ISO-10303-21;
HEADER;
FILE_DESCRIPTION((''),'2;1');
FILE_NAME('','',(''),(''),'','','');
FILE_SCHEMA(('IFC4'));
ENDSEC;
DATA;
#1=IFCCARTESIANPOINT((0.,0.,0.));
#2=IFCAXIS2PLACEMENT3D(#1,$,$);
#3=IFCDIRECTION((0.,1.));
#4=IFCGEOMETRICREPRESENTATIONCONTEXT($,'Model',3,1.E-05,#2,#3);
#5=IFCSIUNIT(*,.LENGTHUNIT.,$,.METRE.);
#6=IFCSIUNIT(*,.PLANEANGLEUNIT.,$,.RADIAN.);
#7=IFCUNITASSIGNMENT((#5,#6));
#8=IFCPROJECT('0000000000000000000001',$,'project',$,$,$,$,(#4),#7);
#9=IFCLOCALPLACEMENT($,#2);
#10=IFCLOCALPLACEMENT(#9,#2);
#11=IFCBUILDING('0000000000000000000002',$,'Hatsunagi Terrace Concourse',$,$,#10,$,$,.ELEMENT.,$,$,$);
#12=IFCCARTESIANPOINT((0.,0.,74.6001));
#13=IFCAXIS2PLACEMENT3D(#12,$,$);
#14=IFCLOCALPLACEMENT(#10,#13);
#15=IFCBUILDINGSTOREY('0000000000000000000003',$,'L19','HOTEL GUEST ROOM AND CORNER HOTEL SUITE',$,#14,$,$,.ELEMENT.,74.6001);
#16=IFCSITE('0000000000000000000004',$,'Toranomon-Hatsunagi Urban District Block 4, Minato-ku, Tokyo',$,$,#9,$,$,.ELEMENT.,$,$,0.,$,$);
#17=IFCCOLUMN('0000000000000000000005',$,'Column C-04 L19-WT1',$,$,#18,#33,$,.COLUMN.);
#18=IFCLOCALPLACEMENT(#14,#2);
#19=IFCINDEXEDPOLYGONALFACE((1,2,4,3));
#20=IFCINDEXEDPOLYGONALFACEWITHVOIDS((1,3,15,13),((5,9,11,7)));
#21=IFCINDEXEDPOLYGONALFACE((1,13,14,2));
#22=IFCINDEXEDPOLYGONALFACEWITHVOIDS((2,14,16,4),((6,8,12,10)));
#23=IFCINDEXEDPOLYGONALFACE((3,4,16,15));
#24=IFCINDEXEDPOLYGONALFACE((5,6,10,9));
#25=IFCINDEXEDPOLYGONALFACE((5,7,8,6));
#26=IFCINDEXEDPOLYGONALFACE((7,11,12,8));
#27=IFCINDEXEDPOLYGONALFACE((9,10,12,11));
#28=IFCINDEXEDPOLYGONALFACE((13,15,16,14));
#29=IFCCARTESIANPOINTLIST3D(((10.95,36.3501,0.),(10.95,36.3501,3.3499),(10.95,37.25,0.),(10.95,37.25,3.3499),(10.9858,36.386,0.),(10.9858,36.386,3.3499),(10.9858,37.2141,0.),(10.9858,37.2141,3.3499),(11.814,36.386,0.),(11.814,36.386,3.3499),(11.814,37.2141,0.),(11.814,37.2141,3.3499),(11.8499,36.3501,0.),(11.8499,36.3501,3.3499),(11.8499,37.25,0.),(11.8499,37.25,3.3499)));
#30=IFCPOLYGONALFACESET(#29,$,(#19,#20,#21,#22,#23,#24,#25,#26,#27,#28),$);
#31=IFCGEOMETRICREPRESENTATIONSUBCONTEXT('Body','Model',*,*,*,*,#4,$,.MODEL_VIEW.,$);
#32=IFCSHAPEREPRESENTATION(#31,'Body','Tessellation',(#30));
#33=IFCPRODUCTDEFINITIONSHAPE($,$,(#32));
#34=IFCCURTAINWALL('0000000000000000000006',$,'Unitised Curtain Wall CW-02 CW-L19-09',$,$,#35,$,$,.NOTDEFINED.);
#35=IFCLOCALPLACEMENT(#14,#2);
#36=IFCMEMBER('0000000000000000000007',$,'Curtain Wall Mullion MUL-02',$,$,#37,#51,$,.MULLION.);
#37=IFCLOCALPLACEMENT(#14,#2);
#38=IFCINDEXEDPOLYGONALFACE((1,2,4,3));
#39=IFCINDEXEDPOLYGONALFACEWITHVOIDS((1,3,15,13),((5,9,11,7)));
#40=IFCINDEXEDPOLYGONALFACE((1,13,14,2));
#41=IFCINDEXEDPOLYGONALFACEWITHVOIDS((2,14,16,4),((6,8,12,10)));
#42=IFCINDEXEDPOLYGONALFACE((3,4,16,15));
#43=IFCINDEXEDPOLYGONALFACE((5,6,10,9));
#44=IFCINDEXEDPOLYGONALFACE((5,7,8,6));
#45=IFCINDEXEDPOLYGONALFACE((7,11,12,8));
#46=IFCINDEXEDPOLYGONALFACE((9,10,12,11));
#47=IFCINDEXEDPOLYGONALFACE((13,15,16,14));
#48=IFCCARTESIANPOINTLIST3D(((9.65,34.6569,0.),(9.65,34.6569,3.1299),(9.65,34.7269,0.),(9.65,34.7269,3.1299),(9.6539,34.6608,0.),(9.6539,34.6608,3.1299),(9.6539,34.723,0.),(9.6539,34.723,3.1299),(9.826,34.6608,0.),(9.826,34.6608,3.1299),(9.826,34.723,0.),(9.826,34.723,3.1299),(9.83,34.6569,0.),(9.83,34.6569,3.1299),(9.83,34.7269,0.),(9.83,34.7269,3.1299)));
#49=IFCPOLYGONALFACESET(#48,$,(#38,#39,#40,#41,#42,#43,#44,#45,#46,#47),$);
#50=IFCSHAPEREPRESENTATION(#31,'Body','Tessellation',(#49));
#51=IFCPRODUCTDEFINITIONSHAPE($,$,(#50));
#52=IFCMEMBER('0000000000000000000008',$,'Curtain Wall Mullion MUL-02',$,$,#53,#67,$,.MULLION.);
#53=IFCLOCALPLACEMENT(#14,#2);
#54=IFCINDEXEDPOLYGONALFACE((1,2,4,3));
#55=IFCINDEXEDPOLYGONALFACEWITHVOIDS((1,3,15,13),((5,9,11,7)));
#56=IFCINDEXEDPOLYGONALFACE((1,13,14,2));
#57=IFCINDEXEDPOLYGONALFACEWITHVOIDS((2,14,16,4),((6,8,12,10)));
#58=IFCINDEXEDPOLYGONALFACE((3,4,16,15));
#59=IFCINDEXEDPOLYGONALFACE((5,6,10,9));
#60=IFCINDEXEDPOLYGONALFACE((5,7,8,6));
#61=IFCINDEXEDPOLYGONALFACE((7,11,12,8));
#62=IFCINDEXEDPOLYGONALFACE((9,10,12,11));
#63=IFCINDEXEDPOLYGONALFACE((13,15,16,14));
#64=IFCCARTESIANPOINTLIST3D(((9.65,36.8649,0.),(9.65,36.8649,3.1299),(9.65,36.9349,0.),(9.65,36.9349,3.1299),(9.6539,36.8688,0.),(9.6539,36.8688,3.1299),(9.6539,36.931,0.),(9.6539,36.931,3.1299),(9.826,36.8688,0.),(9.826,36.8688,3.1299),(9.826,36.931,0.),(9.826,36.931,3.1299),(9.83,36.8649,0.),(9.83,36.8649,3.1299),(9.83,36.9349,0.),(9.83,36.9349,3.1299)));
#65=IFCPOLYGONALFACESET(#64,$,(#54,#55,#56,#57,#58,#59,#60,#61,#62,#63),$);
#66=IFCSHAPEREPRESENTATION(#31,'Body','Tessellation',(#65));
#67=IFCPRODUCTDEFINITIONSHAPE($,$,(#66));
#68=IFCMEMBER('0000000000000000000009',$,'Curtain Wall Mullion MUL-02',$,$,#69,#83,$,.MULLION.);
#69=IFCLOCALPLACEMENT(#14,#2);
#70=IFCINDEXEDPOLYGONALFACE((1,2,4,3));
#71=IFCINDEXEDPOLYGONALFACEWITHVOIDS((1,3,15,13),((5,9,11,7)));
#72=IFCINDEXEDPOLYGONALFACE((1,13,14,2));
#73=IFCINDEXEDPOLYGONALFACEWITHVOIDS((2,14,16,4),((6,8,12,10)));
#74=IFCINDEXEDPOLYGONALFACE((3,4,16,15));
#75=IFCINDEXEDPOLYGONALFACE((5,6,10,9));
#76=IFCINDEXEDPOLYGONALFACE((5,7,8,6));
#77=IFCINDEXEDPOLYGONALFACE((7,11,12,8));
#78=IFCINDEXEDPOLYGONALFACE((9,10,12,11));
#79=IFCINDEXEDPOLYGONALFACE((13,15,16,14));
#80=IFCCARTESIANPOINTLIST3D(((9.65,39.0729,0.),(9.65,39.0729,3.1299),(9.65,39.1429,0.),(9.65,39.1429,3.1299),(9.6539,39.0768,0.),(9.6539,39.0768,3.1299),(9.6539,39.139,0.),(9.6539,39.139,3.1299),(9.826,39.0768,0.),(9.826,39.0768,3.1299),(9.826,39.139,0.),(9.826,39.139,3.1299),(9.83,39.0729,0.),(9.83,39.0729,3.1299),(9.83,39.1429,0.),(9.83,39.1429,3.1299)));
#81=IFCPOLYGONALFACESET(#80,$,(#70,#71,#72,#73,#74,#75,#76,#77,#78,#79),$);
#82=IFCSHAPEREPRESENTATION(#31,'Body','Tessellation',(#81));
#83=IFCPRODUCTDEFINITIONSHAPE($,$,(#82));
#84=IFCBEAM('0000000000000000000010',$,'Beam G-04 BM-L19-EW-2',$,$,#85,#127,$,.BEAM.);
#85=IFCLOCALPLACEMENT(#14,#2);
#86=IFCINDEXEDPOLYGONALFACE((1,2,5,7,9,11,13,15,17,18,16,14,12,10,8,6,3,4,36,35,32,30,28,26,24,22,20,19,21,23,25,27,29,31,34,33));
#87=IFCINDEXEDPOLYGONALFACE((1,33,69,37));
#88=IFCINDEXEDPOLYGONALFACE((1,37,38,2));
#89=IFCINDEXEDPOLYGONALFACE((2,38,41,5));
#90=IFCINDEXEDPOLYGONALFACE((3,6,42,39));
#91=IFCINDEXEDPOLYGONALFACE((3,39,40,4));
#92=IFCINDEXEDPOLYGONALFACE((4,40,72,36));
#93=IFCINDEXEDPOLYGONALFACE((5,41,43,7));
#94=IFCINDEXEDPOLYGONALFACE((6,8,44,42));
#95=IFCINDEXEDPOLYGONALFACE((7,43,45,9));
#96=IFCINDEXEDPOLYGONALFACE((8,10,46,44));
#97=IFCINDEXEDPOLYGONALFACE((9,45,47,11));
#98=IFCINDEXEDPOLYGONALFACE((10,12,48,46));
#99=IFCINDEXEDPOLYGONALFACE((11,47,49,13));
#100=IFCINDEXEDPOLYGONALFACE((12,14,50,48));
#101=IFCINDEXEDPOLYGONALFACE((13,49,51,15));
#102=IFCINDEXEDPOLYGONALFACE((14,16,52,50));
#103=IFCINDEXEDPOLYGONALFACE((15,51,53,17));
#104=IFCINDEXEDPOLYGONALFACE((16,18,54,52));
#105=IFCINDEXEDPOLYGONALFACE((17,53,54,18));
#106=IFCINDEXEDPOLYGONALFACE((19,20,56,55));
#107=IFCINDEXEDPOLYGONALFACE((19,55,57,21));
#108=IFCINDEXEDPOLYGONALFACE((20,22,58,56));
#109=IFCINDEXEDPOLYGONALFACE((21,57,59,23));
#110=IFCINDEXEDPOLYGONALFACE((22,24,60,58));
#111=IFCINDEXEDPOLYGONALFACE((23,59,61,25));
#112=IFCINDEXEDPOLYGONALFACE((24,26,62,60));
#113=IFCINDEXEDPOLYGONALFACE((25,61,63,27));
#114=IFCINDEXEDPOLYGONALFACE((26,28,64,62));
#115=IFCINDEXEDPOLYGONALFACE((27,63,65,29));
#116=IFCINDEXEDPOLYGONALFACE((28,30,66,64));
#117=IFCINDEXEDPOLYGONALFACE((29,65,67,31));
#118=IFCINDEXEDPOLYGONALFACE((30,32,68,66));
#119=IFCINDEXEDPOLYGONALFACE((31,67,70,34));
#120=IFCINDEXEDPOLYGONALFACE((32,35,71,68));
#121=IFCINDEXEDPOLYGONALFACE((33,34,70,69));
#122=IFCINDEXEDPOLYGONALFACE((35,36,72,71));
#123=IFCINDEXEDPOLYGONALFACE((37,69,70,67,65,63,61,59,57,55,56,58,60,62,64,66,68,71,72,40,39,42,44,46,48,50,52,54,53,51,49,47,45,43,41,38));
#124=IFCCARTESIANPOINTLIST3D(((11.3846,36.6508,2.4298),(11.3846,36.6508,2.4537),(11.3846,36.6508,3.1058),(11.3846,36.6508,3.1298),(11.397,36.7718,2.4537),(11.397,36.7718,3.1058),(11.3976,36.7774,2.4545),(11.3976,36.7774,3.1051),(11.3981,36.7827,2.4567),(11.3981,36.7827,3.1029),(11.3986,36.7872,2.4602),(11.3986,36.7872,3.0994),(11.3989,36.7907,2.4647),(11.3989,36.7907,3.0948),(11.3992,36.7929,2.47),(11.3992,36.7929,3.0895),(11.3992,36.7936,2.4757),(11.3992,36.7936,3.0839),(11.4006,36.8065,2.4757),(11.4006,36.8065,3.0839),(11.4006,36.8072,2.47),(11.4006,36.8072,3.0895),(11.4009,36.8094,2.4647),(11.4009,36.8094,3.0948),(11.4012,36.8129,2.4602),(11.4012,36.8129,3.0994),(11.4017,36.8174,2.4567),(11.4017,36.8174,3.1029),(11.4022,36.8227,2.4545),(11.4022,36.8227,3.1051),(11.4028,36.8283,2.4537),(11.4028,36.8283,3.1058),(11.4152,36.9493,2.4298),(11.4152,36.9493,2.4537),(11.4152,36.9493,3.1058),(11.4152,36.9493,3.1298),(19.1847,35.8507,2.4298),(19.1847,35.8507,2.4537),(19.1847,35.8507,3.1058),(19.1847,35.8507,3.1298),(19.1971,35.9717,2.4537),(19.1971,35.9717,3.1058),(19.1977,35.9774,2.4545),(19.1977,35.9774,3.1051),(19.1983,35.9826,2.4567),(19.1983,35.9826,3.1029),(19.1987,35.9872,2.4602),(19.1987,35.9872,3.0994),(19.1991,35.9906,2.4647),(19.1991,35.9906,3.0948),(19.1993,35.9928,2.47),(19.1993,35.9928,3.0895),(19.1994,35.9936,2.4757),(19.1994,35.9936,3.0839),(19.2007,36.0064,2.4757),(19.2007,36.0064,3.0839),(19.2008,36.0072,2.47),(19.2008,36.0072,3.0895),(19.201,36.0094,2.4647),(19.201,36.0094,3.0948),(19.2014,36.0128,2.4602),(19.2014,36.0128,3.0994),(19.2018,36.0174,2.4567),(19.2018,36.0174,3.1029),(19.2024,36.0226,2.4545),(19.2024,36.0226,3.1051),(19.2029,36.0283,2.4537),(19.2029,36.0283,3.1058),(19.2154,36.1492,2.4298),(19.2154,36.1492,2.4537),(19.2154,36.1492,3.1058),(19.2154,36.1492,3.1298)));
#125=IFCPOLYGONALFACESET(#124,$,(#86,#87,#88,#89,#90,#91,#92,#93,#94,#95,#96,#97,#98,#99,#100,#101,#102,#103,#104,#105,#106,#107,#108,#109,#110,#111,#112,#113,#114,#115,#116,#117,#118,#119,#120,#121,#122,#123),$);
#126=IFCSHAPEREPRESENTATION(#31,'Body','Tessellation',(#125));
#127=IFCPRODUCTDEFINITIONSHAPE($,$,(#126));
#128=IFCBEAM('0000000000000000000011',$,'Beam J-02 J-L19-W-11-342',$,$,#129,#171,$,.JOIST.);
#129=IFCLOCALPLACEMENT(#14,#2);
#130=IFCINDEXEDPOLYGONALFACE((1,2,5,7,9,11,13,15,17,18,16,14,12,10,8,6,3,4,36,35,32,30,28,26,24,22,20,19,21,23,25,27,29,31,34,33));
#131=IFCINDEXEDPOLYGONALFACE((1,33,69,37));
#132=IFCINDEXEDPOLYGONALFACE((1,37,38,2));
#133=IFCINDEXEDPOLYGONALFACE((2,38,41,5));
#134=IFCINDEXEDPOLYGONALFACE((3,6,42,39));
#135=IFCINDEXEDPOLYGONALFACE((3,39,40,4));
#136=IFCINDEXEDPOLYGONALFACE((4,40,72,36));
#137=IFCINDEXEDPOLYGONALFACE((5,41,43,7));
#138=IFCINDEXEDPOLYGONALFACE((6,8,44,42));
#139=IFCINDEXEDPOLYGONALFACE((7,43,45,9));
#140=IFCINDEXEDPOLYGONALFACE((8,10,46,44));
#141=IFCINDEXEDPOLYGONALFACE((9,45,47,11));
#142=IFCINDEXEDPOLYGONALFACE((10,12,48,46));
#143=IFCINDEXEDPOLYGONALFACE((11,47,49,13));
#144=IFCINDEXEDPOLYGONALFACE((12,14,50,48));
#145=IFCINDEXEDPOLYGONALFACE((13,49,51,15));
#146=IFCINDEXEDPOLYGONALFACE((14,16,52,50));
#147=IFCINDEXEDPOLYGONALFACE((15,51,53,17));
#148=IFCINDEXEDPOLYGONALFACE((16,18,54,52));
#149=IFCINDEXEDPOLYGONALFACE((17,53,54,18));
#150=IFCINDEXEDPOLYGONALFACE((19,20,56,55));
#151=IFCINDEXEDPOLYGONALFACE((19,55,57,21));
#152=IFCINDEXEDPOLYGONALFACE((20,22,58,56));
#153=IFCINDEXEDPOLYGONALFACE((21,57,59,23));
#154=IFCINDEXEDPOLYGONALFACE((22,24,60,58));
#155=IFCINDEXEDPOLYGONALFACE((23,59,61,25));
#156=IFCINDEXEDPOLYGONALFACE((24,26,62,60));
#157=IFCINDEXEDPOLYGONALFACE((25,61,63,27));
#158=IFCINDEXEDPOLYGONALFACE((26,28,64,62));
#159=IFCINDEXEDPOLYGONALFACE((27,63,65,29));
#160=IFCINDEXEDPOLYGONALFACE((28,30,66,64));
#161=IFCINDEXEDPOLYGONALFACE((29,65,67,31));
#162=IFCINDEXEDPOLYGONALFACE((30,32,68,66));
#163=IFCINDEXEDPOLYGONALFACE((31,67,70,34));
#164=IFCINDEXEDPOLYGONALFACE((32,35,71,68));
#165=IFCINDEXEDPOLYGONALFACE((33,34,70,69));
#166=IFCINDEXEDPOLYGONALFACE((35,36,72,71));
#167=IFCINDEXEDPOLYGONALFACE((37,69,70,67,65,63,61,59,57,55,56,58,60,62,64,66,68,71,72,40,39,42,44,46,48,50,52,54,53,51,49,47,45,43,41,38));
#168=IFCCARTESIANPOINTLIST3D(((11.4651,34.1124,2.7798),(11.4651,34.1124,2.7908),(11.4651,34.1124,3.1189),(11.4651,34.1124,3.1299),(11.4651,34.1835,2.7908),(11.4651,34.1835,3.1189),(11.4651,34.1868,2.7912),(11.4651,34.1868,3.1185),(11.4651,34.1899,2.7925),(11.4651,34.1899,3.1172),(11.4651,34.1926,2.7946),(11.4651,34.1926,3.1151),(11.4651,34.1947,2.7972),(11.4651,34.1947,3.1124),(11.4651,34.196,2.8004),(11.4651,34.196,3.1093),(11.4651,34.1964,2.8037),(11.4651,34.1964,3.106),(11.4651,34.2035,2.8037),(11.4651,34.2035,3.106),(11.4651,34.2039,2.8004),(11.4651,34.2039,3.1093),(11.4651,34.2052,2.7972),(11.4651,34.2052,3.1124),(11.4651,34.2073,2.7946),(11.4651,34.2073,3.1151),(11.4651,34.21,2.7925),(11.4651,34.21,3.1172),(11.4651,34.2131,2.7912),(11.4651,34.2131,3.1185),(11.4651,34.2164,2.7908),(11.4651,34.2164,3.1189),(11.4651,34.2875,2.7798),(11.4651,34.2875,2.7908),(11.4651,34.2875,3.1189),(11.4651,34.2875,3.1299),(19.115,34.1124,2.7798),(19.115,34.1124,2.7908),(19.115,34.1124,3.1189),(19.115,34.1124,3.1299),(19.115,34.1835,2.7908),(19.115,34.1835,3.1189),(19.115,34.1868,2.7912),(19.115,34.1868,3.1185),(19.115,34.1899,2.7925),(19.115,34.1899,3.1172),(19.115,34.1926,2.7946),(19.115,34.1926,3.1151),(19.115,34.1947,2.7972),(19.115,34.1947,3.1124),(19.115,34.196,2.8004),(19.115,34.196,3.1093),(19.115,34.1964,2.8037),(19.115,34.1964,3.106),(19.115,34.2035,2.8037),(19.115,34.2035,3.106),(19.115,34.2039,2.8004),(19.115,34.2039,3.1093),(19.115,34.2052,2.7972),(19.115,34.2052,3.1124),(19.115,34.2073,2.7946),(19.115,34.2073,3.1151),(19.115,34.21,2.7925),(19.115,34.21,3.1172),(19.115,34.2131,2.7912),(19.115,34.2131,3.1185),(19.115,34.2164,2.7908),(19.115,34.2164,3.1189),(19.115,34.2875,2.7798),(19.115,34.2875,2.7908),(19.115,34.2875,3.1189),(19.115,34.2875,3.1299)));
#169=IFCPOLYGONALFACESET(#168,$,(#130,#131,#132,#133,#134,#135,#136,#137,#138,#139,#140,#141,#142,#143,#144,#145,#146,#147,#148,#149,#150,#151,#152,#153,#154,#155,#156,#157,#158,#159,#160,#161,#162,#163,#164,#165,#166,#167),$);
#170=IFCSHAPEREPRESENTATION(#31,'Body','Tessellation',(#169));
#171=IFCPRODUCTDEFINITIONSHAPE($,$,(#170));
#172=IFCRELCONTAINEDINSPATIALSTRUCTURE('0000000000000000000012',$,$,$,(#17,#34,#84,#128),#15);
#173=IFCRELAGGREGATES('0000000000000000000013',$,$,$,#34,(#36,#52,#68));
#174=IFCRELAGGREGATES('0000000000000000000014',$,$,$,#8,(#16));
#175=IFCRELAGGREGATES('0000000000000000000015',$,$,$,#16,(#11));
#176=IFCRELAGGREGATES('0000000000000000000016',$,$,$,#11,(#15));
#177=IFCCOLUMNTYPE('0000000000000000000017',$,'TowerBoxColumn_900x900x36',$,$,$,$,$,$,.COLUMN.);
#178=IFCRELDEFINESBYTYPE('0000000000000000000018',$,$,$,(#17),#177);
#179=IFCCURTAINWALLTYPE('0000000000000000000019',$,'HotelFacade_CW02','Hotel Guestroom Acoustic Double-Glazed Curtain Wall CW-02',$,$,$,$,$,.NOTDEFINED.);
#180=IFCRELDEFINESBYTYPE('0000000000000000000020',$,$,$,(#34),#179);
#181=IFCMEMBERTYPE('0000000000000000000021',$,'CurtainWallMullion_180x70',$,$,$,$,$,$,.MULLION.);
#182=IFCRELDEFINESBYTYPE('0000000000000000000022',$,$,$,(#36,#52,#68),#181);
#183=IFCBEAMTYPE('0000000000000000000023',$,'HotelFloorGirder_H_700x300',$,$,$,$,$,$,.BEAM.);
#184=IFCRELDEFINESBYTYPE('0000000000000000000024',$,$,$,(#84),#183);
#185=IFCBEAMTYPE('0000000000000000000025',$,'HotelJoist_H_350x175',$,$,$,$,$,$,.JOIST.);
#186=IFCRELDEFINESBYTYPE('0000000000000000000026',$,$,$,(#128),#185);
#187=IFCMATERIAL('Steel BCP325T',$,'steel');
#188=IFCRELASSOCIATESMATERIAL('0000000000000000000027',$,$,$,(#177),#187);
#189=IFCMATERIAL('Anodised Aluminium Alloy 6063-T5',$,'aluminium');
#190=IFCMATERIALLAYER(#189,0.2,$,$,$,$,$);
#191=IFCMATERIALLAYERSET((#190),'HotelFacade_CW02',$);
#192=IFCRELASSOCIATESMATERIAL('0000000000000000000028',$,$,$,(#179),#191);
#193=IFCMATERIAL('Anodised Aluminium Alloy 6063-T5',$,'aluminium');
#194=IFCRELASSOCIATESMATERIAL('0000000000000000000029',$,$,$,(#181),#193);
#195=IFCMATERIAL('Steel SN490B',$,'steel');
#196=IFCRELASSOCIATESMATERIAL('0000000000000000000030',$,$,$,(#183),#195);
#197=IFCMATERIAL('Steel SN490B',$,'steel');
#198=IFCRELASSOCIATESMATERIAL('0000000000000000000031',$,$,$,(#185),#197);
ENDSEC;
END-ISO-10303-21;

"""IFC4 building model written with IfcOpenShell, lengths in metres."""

from ifc_helpers import new_model, si_unit, direction, frame, origin, origin_2d, place, context, subcontext, project, spatial, hollow_rectangle, i_section, extrude, material, layer, layer_set, material_profile, profile_set, type_object, element, aggregate, save


model = new_model("IFC4")

# Units and contexts
model_context = context("Model", 3, precision=1e-05, world=origin(), true_north=direction((0.0, 1.0)))
body_context = subcontext(model_context, "Body", "Model", "MODEL_VIEW")
ifc_project = project(units=[si_unit("LENGTHUNIT", "METRE"), si_unit("PLANEANGLEUNIT", "RADIAN")], contexts=[model_context])

# Site, building, storey
site_placement = place(None, origin())
site = spatial("IfcSite", under=ifc_project, at=site_placement, Name="Toranomon-Hatsunagi Urban District Block 4, Minato-ku, Tokyo", CompositionType="ELEMENT", RefElevation=0.0)
building_placement = place(site_placement, origin())
building = spatial("IfcBuilding", under=site, at=building_placement, Name="Hatsunagi Terrace Concourse", CompositionType="ELEMENT")
storey_placement = place(building_placement, frame((0.0, 0.0, 74.6001)))
storey = spatial("IfcBuildingStorey", under=building, at=storey_placement, Name="L19", Description="HOTEL GUEST ROOM AND CORNER HOTEL SUITE", CompositionType="ELEMENT", Elevation=74.6001)

# Column
ifc_material_1 = material(Name="Steel BCP325T", Category="steel")
ifc_material_profile_1 = material_profile(ifc_material_1, hollow_rectangle(XDim=0.8999, YDim=0.8999, WallThickness=0.0359, at=origin_2d()), Name="BCP-900x900x36")
ifc_profile_set_1 = profile_set([ifc_material_profile_1], Name="Steel BCP325T")
column_type = type_object("IfcColumnType", Name="TowerBoxColumn_900x900x36", PredefinedType="COLUMN", material=ifc_profile_set_1)
column_placement = place(storey_placement, frame((11.3999, 36.8, 0.0), z_axis=(0.0, 0.0, 1.0), x_axis=(1.0, 0.0, 0.0)))
element("IfcColumn", 1, at=column_placement, inside=storey, type_object=column_type, Name="Column C-04 L19-WT1", PredefinedType="COLUMN", context=body_context, shape_type="SweptSolid", body=[
    extrude(hollow_rectangle(XDim=0.8999, YDim=0.8999, WallThickness=0.0359, at=origin_2d()), origin(), (0.0, 0.0, 1.0), 3.3499),
])

# Curtain wall, members
ifc_material_2 = material(Name="Anodised Aluminium Alloy 6063-T5", Category="aluminium")
ifc_layer_1 = layer(ifc_material_2, 0.2)
ifc_layer_set_1 = layer_set([ifc_layer_1], Name="HotelFacade_CW02")
curtain_wall_type = type_object("IfcCurtainWallType", Name="HotelFacade_CW02", Description="Hotel Guestroom Acoustic Double-Glazed Curtain Wall CW-02", PredefinedType="NOTDEFINED", material=ifc_layer_set_1)
curtain_wall_placement = place(storey_placement, origin())
curtain_wall = element("IfcCurtainWall", 2, at=curtain_wall_placement, inside=storey, type_object=curtain_wall_type, Name="Unitised Curtain Wall CW-02 CW-L19-09", PredefinedType="NOTDEFINED")
ifc_material_3 = material(Name="Anodised Aluminium Alloy 6063-T5", Category="aluminium")
ifc_material_profile_2 = material_profile(ifc_material_3, hollow_rectangle(XDim=0.0701, YDim=0.1799, WallThickness=0.0039, at=origin_2d()), Name="ALU-MUL-180x70x4")
ifc_profile_set_2 = profile_set([ifc_material_profile_2], Name="Anodised Aluminium Alloy 6063-T5")
member_type = type_object("IfcMemberType", Name="CurtainWallMullion_180x70", PredefinedType="MULLION", material=ifc_profile_set_2)
member_1_placement = place(storey_placement, frame((9.74, 34.6919, 0.0), z_axis=(0.0, 0.0, 1.0), x_axis=(0.0, 1.0, 0.0)))
member_1 = element("IfcMember", 3, at=member_1_placement, type_object=member_type, Name="Curtain Wall Mullion MUL-02", PredefinedType="MULLION", context=body_context, shape_type="SweptSolid", body=[
    extrude(hollow_rectangle(XDim=0.0701, YDim=0.1799, WallThickness=0.0039, at=origin_2d()), origin(), (0.0, 0.0, 1.0), 3.1299),
])
member_2_placement = place(storey_placement, frame((9.74, 36.8999, 0.0), z_axis=(0.0, 0.0, 1.0), x_axis=(0.0, 1.0, 0.0)))
member_2 = element("IfcMember", 4, at=member_2_placement, type_object=member_type, Name="Curtain Wall Mullion MUL-02", PredefinedType="MULLION", context=body_context, shape_type="SweptSolid", body=[
    extrude(hollow_rectangle(XDim=0.0701, YDim=0.1799, WallThickness=0.0039, at=origin_2d()), origin(), (0.0, 0.0, 1.0), 3.1299),
])
member_3_placement = place(storey_placement, frame((9.74, 39.1079, 0.0), z_axis=(0.0, 0.0, 1.0), x_axis=(0.0, 1.0, 0.0)))
member_3 = element("IfcMember", 5, at=member_3_placement, type_object=member_type, Name="Curtain Wall Mullion MUL-02", PredefinedType="MULLION", context=body_context, shape_type="SweptSolid", body=[
    extrude(hollow_rectangle(XDim=0.0701, YDim=0.1799, WallThickness=0.0039, at=origin_2d()), origin(), (0.0, 0.0, 1.0), 3.1299),
])

# Beams
ifc_material_4 = material(Name="Steel SN490B", Category="steel")
ifc_material_profile_3 = material_profile(ifc_material_4, i_section(OverallWidth=0.3, OverallDepth=0.7, WebThickness=0.0129, FlangeThickness=0.0239, FilletRadius=0.022, at=origin_2d()), Name="H-700x300x13x24")
ifc_profile_set_3 = profile_set([ifc_material_profile_3], Name="Steel SN490B")
beam_type_1 = type_object("IfcBeamType", Name="HotelFloorGirder_H_700x300", PredefinedType="BEAM", material=ifc_profile_set_3)
beam_1_placement = place(storey_placement, frame((11.3999, 36.8, 2.7798), z_axis=(0.994781, -0.102034, 0.0), x_axis=(0.102034, 0.994781, 0.0)))
element("IfcBeam", 6, at=beam_1_placement, inside=storey, type_object=beam_type_1, Name="Beam G-04 BM-L19-EW-2", PredefinedType="BEAM", context=body_context, shape_type="SweptSolid", body=[
    extrude(i_section(OverallWidth=0.3, OverallDepth=0.7, WebThickness=0.0129, FlangeThickness=0.0239, FilletRadius=0.022, at=origin_2d()), origin(), (0.0, 0.0, 1.0), 7.8411),
])
ifc_material_5 = material(Name="Steel SN490B", Category="steel")
ifc_material_profile_4 = material_profile(ifc_material_5, i_section(OverallWidth=0.175, OverallDepth=0.3501, WebThickness=0.0071, FlangeThickness=0.011, FilletRadius=0.0129, at=origin_2d()), Name="H-350x175x7x11")
ifc_profile_set_4 = profile_set([ifc_material_profile_4], Name="Steel SN490B")
beam_type_2 = type_object("IfcBeamType", Name="HotelJoist_H_350x175", PredefinedType="JOIST", material=ifc_profile_set_4)
for number, where, z_axis, x_axis, name in (
    (7, (11.4651, 34.2, 2.9548), (1.0, 0.0, 0.0), (0.0, 1.0, 0.0), "Beam J-02 J-L19-W-11-342"),
):
    element("IfcBeam", number, at=place(storey_placement, frame(where, z_axis=z_axis, x_axis=x_axis)), inside=storey, type_object=beam_type_2, Name=name, PredefinedType="JOIST", context=body_context, shape_type="SweptSolid", body=[
        extrude(i_section(OverallWidth=0.175, OverallDepth=0.3501, WebThickness=0.0071, FlangeThickness=0.011, FilletRadius=0.0129, at=origin_2d()), origin(), (0.0, 0.0, 1.0), 7.6499),
    ])

aggregate(curtain_wall, [member_1, member_2, member_3])

save(model, "model.ifc")
